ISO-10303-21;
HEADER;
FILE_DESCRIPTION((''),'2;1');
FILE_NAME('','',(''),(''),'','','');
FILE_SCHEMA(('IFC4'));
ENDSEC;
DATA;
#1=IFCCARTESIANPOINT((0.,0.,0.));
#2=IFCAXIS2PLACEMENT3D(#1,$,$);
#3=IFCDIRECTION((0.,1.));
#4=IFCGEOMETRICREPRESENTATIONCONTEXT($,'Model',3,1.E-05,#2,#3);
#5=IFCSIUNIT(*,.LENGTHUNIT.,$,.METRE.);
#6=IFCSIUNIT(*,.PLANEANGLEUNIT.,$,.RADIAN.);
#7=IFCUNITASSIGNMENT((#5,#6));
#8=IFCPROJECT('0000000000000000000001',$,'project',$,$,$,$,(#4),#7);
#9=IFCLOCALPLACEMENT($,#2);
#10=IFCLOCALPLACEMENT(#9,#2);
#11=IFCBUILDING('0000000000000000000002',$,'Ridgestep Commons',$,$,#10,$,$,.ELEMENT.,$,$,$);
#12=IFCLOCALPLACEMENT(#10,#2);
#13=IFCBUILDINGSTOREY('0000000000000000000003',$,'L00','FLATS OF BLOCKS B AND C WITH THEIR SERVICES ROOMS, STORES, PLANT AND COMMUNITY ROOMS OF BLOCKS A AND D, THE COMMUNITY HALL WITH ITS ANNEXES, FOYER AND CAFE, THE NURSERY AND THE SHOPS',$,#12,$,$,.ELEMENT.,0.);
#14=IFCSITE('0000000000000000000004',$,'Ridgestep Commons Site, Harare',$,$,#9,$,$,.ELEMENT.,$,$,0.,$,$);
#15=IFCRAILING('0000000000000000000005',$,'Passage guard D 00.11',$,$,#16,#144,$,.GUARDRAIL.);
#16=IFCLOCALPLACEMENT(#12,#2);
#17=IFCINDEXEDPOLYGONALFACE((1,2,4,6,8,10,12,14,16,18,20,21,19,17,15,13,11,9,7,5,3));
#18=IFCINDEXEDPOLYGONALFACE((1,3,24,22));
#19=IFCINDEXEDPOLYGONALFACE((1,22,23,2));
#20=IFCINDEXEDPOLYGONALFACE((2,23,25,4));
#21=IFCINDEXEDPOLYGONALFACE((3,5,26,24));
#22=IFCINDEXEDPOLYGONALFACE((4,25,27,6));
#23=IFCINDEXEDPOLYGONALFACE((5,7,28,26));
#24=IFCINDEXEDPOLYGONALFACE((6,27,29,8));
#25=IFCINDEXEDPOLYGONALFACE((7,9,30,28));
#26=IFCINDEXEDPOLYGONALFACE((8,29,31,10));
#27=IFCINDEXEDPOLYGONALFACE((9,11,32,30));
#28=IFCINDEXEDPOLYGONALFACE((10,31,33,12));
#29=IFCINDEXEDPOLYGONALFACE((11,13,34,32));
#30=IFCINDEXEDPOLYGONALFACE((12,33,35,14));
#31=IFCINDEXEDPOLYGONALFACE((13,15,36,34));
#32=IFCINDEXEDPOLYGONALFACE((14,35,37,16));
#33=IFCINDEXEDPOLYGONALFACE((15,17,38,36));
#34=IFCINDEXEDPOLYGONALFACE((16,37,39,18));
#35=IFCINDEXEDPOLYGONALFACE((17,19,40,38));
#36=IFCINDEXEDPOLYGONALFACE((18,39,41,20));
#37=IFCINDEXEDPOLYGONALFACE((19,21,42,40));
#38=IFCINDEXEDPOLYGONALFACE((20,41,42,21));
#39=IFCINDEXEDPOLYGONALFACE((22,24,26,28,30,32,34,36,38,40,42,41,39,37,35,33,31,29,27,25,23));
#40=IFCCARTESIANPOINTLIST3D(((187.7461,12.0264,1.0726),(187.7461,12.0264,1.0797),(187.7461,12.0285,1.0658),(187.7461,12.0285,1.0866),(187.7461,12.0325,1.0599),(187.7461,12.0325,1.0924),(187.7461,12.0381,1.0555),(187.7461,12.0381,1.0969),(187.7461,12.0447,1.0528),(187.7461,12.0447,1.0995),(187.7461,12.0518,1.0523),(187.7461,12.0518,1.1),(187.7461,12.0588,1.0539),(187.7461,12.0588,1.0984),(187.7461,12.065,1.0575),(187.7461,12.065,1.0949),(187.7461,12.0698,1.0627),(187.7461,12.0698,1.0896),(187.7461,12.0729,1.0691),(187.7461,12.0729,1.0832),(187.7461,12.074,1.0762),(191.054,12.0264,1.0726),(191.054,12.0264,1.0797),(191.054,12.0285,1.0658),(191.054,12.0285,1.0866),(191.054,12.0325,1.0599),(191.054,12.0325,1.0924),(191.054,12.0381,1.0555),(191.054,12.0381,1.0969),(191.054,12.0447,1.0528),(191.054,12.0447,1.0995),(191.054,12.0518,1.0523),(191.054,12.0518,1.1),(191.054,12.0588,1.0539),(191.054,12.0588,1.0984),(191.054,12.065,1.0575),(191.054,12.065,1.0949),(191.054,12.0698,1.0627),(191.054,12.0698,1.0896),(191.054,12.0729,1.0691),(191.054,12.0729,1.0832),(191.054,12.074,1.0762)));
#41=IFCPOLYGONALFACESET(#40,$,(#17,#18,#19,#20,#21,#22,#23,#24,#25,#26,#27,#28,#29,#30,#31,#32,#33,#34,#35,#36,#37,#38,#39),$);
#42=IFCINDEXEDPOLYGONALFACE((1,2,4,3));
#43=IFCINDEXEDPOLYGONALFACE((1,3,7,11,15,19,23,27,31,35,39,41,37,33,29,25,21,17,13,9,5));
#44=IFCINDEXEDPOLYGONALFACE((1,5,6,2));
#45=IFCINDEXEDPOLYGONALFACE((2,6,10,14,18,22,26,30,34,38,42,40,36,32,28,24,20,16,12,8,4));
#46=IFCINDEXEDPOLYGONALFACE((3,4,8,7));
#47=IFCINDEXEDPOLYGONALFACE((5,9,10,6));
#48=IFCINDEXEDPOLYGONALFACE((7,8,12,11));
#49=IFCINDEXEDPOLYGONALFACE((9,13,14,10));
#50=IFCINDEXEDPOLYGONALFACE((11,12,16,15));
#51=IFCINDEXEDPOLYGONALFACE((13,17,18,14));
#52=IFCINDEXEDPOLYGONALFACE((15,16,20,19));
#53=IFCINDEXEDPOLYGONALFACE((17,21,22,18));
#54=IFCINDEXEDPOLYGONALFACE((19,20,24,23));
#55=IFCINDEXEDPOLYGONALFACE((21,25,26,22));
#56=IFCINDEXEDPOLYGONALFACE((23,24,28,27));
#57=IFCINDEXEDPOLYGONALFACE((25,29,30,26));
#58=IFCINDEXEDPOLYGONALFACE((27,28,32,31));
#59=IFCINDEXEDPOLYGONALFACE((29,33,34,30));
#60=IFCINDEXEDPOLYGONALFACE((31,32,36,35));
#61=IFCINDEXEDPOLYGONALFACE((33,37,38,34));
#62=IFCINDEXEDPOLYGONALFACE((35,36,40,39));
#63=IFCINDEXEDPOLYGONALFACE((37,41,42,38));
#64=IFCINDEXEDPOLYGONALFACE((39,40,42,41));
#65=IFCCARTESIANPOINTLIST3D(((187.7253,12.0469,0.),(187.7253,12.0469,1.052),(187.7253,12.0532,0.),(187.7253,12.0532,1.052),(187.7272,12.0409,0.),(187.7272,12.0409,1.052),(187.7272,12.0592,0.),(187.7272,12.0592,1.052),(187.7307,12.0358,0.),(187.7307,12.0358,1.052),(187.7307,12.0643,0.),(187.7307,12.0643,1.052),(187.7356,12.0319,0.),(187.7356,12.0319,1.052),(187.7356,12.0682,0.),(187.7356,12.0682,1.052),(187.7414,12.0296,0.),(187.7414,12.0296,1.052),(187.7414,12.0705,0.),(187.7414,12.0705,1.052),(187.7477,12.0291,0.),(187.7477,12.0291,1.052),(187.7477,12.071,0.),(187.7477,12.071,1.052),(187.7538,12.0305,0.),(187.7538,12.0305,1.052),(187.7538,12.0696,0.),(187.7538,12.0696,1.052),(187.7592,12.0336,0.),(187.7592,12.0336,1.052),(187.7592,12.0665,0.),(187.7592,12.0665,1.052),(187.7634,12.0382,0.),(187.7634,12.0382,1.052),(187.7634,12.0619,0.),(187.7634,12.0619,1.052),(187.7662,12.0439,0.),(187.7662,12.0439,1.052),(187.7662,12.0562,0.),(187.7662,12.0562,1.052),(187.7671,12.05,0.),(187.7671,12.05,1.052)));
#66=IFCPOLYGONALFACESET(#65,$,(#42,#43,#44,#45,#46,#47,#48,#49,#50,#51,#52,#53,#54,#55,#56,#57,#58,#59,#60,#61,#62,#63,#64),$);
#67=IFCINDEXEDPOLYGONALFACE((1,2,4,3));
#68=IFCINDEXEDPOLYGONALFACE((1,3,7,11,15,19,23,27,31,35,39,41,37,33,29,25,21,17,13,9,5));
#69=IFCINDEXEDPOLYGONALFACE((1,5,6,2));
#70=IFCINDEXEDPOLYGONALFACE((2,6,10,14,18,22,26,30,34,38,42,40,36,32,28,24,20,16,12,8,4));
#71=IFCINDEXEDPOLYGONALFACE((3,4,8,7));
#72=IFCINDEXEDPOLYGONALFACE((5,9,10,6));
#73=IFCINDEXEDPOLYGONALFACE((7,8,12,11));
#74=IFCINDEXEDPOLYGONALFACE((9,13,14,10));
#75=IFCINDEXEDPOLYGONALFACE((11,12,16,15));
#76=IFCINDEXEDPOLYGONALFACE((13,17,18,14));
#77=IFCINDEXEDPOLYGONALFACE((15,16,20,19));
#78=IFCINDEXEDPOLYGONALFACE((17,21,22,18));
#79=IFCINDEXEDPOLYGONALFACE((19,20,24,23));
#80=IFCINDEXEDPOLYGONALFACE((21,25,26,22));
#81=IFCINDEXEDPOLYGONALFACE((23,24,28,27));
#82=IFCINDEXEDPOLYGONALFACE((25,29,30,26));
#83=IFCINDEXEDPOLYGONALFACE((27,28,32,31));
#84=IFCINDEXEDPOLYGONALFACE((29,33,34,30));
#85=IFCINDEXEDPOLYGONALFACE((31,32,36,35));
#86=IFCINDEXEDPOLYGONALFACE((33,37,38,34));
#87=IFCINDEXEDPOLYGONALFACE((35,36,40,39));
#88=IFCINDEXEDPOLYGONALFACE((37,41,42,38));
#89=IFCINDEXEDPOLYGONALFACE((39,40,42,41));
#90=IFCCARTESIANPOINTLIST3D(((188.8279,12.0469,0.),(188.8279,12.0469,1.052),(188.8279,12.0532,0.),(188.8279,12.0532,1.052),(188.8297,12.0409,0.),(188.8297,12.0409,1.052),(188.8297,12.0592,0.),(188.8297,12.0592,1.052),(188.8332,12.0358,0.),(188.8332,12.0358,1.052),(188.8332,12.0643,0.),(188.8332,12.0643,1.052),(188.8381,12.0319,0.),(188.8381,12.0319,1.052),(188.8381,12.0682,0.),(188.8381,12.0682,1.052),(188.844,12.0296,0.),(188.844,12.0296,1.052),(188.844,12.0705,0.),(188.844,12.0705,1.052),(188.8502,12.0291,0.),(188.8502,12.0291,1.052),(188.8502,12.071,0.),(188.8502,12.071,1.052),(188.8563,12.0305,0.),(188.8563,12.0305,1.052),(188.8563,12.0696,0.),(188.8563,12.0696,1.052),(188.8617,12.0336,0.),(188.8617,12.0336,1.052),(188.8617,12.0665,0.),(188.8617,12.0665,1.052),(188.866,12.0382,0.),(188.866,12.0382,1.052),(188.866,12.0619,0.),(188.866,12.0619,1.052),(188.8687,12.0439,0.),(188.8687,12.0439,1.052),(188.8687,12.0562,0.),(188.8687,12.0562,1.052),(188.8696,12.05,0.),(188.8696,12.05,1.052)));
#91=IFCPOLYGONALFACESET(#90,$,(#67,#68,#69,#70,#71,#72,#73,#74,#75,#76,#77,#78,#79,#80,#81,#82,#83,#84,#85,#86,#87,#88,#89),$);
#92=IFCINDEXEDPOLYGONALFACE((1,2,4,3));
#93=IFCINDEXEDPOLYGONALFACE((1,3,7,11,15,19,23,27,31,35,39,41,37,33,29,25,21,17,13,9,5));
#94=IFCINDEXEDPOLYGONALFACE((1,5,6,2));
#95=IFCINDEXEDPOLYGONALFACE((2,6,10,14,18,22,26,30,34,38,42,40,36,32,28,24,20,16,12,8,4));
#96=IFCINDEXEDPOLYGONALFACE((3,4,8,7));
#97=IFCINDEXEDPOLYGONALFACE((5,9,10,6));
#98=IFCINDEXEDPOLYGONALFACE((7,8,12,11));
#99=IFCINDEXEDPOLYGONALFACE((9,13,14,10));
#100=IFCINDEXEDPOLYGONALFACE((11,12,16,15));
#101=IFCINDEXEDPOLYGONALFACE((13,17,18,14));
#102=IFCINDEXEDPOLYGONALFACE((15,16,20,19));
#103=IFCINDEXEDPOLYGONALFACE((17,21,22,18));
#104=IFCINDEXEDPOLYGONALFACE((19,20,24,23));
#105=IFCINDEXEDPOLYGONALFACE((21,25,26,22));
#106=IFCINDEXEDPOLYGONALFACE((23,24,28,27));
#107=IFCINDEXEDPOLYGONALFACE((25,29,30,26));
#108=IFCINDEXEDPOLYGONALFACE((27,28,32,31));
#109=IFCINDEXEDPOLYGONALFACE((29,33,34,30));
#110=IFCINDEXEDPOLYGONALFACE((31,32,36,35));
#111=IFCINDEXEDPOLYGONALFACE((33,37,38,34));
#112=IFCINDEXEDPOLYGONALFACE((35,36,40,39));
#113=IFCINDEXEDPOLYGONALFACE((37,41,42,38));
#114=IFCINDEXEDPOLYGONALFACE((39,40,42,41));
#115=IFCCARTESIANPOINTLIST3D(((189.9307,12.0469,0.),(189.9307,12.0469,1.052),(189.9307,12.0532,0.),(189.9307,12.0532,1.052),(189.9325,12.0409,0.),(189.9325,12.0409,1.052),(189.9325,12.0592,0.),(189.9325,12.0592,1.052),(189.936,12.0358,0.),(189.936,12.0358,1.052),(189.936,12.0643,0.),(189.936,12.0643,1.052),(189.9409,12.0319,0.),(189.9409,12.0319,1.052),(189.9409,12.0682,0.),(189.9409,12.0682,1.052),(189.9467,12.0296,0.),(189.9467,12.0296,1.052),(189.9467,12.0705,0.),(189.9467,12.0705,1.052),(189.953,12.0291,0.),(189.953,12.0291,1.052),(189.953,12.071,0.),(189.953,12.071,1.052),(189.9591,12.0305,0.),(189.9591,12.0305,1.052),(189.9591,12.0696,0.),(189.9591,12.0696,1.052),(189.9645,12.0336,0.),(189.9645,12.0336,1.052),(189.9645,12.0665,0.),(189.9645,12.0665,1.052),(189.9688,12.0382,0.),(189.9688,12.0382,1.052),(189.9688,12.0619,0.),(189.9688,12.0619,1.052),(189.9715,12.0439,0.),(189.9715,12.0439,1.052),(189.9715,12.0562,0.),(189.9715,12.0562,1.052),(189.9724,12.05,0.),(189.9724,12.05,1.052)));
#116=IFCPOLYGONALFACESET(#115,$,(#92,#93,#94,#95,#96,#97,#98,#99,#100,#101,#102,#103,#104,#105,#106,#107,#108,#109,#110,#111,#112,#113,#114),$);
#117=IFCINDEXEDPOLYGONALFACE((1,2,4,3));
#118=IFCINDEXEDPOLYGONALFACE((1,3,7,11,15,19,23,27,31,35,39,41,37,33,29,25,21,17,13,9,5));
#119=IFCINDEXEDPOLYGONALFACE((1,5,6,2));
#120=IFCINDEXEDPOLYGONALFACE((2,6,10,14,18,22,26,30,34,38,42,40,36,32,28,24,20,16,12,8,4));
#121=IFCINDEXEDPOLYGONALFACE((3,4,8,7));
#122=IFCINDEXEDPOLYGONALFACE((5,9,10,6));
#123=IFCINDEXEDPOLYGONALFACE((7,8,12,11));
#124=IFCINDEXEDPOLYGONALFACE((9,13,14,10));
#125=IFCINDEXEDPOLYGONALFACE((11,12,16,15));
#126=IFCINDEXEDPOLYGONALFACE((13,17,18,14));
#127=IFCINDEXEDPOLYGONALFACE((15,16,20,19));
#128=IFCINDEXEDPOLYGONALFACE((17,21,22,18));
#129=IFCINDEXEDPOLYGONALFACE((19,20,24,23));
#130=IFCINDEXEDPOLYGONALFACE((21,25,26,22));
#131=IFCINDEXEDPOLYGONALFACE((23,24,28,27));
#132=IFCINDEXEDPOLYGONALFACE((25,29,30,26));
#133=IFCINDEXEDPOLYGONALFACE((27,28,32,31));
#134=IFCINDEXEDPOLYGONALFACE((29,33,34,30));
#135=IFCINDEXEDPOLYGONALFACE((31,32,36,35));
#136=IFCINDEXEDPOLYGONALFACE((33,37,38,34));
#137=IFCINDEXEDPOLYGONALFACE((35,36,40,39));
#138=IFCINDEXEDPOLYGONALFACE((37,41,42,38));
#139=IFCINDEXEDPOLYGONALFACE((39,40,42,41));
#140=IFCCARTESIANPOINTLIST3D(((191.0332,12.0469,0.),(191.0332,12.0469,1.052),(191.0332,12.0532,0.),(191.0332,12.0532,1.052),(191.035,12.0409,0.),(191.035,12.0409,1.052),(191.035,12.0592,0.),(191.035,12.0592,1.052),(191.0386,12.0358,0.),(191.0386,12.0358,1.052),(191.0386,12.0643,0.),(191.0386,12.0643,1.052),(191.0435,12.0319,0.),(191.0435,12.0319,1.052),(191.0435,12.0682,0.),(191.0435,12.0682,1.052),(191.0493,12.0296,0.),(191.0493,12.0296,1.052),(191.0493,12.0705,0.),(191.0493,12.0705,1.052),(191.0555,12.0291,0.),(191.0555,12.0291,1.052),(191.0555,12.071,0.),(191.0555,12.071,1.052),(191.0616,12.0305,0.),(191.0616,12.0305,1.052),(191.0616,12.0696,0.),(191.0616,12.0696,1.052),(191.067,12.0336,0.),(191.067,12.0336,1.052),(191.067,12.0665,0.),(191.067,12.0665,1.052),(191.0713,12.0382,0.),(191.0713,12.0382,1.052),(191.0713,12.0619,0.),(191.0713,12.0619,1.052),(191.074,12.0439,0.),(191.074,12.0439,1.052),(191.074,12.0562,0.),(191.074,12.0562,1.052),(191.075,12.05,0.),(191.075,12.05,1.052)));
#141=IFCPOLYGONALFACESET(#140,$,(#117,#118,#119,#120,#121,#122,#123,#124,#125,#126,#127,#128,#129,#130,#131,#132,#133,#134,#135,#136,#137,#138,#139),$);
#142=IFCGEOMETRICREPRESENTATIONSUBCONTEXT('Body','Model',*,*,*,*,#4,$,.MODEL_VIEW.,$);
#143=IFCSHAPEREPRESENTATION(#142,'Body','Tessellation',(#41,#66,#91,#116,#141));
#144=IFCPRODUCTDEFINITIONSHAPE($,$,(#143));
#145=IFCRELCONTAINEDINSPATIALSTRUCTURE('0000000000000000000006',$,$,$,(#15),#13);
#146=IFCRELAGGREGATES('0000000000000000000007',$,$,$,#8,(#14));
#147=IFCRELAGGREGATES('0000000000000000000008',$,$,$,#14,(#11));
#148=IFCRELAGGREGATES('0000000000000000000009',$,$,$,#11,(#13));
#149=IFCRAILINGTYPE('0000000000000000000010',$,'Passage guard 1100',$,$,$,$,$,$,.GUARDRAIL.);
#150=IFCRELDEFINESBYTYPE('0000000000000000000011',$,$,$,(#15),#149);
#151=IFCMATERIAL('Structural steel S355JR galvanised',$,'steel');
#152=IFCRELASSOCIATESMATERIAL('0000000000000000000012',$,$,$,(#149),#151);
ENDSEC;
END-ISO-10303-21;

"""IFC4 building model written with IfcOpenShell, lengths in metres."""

from ifc_helpers import new_model, si_unit, direction, frame, origin, origin_2d, place, context, subcontext, project, spatial, circle, extrude, material, type_object, element, save


model = new_model("IFC4")

# Units and contexts
model_context = context("Model", 3, precision=1e-05, world=origin(), true_north=direction((0.0, 1.0)))
body_context = subcontext(model_context, "Body", "Model", "MODEL_VIEW")
ifc_project = project(units=[si_unit("LENGTHUNIT", "METRE"), si_unit("PLANEANGLEUNIT", "RADIAN")], contexts=[model_context])

# Site, building, storey
site_placement = place(None, origin())
site = spatial("IfcSite", under=ifc_project, at=site_placement, Name="Ridgestep Commons Site, Harare", CompositionType="ELEMENT", RefElevation=0.0)
building_placement = place(site_placement, origin())
building = spatial("IfcBuilding", under=site, at=building_placement, Name="Ridgestep Commons", CompositionType="ELEMENT")
storey_placement = place(building_placement, origin())
storey = spatial("IfcBuildingStorey", under=building, at=storey_placement, Name="L00", Description="FLATS OF BLOCKS B AND C WITH THEIR SERVICES ROOMS, STORES, PLANT AND COMMUNITY ROOMS OF BLOCKS A AND D, THE COMMUNITY HALL WITH ITS ANNEXES, FOYER AND CAFE, THE NURSERY AND THE SHOPS", CompositionType="ELEMENT", Elevation=0.0)

# Railing
ifc_material_1 = material(Name="Structural steel S355JR galvanised", Category="steel")
railing_type = type_object("IfcRailingType", Name="Passage guard 1100", PredefinedType="GUARDRAIL", material=ifc_material_1)
railing_1_placement = place(storey_placement, frame((187.7461, 12.05, 0.0)))
element("IfcRailing", 1, at=railing_1_placement, inside=storey, type_object=railing_type, Name="Passage guard D 00.11", PredefinedType="GUARDRAIL", context=body_context, shape_type="SweptSolid", body=[
    extrude(circle(Radius=0.0239, at=origin_2d()), frame((0.0, 0.0, 1.0762), z_axis=(1.0, 0.0, 0.0), x_axis=(0.0, 1.0, 0.0)), (0.0, 0.0, 1.0), 3.3079),
    extrude(circle(Radius=0.021, at=origin_2d()), origin(), (0.0, 0.0, 1.0), 1.052),
    extrude(circle(Radius=0.021, at=origin_2d()), frame((1.1025, 0.0, 0.0)), (0.0, 0.0, 1.0), 1.052),
    extrude(circle(Radius=0.021, at=origin_2d()), frame((2.2053, 0.0, 0.0)), (0.0, 0.0, 1.0), 1.052),
    extrude(circle(Radius=0.021, at=origin_2d()), frame((3.3079, 0.0, 0.0)), (0.0, 0.0, 1.0), 1.052),
])

save(model, "model.ifc")
